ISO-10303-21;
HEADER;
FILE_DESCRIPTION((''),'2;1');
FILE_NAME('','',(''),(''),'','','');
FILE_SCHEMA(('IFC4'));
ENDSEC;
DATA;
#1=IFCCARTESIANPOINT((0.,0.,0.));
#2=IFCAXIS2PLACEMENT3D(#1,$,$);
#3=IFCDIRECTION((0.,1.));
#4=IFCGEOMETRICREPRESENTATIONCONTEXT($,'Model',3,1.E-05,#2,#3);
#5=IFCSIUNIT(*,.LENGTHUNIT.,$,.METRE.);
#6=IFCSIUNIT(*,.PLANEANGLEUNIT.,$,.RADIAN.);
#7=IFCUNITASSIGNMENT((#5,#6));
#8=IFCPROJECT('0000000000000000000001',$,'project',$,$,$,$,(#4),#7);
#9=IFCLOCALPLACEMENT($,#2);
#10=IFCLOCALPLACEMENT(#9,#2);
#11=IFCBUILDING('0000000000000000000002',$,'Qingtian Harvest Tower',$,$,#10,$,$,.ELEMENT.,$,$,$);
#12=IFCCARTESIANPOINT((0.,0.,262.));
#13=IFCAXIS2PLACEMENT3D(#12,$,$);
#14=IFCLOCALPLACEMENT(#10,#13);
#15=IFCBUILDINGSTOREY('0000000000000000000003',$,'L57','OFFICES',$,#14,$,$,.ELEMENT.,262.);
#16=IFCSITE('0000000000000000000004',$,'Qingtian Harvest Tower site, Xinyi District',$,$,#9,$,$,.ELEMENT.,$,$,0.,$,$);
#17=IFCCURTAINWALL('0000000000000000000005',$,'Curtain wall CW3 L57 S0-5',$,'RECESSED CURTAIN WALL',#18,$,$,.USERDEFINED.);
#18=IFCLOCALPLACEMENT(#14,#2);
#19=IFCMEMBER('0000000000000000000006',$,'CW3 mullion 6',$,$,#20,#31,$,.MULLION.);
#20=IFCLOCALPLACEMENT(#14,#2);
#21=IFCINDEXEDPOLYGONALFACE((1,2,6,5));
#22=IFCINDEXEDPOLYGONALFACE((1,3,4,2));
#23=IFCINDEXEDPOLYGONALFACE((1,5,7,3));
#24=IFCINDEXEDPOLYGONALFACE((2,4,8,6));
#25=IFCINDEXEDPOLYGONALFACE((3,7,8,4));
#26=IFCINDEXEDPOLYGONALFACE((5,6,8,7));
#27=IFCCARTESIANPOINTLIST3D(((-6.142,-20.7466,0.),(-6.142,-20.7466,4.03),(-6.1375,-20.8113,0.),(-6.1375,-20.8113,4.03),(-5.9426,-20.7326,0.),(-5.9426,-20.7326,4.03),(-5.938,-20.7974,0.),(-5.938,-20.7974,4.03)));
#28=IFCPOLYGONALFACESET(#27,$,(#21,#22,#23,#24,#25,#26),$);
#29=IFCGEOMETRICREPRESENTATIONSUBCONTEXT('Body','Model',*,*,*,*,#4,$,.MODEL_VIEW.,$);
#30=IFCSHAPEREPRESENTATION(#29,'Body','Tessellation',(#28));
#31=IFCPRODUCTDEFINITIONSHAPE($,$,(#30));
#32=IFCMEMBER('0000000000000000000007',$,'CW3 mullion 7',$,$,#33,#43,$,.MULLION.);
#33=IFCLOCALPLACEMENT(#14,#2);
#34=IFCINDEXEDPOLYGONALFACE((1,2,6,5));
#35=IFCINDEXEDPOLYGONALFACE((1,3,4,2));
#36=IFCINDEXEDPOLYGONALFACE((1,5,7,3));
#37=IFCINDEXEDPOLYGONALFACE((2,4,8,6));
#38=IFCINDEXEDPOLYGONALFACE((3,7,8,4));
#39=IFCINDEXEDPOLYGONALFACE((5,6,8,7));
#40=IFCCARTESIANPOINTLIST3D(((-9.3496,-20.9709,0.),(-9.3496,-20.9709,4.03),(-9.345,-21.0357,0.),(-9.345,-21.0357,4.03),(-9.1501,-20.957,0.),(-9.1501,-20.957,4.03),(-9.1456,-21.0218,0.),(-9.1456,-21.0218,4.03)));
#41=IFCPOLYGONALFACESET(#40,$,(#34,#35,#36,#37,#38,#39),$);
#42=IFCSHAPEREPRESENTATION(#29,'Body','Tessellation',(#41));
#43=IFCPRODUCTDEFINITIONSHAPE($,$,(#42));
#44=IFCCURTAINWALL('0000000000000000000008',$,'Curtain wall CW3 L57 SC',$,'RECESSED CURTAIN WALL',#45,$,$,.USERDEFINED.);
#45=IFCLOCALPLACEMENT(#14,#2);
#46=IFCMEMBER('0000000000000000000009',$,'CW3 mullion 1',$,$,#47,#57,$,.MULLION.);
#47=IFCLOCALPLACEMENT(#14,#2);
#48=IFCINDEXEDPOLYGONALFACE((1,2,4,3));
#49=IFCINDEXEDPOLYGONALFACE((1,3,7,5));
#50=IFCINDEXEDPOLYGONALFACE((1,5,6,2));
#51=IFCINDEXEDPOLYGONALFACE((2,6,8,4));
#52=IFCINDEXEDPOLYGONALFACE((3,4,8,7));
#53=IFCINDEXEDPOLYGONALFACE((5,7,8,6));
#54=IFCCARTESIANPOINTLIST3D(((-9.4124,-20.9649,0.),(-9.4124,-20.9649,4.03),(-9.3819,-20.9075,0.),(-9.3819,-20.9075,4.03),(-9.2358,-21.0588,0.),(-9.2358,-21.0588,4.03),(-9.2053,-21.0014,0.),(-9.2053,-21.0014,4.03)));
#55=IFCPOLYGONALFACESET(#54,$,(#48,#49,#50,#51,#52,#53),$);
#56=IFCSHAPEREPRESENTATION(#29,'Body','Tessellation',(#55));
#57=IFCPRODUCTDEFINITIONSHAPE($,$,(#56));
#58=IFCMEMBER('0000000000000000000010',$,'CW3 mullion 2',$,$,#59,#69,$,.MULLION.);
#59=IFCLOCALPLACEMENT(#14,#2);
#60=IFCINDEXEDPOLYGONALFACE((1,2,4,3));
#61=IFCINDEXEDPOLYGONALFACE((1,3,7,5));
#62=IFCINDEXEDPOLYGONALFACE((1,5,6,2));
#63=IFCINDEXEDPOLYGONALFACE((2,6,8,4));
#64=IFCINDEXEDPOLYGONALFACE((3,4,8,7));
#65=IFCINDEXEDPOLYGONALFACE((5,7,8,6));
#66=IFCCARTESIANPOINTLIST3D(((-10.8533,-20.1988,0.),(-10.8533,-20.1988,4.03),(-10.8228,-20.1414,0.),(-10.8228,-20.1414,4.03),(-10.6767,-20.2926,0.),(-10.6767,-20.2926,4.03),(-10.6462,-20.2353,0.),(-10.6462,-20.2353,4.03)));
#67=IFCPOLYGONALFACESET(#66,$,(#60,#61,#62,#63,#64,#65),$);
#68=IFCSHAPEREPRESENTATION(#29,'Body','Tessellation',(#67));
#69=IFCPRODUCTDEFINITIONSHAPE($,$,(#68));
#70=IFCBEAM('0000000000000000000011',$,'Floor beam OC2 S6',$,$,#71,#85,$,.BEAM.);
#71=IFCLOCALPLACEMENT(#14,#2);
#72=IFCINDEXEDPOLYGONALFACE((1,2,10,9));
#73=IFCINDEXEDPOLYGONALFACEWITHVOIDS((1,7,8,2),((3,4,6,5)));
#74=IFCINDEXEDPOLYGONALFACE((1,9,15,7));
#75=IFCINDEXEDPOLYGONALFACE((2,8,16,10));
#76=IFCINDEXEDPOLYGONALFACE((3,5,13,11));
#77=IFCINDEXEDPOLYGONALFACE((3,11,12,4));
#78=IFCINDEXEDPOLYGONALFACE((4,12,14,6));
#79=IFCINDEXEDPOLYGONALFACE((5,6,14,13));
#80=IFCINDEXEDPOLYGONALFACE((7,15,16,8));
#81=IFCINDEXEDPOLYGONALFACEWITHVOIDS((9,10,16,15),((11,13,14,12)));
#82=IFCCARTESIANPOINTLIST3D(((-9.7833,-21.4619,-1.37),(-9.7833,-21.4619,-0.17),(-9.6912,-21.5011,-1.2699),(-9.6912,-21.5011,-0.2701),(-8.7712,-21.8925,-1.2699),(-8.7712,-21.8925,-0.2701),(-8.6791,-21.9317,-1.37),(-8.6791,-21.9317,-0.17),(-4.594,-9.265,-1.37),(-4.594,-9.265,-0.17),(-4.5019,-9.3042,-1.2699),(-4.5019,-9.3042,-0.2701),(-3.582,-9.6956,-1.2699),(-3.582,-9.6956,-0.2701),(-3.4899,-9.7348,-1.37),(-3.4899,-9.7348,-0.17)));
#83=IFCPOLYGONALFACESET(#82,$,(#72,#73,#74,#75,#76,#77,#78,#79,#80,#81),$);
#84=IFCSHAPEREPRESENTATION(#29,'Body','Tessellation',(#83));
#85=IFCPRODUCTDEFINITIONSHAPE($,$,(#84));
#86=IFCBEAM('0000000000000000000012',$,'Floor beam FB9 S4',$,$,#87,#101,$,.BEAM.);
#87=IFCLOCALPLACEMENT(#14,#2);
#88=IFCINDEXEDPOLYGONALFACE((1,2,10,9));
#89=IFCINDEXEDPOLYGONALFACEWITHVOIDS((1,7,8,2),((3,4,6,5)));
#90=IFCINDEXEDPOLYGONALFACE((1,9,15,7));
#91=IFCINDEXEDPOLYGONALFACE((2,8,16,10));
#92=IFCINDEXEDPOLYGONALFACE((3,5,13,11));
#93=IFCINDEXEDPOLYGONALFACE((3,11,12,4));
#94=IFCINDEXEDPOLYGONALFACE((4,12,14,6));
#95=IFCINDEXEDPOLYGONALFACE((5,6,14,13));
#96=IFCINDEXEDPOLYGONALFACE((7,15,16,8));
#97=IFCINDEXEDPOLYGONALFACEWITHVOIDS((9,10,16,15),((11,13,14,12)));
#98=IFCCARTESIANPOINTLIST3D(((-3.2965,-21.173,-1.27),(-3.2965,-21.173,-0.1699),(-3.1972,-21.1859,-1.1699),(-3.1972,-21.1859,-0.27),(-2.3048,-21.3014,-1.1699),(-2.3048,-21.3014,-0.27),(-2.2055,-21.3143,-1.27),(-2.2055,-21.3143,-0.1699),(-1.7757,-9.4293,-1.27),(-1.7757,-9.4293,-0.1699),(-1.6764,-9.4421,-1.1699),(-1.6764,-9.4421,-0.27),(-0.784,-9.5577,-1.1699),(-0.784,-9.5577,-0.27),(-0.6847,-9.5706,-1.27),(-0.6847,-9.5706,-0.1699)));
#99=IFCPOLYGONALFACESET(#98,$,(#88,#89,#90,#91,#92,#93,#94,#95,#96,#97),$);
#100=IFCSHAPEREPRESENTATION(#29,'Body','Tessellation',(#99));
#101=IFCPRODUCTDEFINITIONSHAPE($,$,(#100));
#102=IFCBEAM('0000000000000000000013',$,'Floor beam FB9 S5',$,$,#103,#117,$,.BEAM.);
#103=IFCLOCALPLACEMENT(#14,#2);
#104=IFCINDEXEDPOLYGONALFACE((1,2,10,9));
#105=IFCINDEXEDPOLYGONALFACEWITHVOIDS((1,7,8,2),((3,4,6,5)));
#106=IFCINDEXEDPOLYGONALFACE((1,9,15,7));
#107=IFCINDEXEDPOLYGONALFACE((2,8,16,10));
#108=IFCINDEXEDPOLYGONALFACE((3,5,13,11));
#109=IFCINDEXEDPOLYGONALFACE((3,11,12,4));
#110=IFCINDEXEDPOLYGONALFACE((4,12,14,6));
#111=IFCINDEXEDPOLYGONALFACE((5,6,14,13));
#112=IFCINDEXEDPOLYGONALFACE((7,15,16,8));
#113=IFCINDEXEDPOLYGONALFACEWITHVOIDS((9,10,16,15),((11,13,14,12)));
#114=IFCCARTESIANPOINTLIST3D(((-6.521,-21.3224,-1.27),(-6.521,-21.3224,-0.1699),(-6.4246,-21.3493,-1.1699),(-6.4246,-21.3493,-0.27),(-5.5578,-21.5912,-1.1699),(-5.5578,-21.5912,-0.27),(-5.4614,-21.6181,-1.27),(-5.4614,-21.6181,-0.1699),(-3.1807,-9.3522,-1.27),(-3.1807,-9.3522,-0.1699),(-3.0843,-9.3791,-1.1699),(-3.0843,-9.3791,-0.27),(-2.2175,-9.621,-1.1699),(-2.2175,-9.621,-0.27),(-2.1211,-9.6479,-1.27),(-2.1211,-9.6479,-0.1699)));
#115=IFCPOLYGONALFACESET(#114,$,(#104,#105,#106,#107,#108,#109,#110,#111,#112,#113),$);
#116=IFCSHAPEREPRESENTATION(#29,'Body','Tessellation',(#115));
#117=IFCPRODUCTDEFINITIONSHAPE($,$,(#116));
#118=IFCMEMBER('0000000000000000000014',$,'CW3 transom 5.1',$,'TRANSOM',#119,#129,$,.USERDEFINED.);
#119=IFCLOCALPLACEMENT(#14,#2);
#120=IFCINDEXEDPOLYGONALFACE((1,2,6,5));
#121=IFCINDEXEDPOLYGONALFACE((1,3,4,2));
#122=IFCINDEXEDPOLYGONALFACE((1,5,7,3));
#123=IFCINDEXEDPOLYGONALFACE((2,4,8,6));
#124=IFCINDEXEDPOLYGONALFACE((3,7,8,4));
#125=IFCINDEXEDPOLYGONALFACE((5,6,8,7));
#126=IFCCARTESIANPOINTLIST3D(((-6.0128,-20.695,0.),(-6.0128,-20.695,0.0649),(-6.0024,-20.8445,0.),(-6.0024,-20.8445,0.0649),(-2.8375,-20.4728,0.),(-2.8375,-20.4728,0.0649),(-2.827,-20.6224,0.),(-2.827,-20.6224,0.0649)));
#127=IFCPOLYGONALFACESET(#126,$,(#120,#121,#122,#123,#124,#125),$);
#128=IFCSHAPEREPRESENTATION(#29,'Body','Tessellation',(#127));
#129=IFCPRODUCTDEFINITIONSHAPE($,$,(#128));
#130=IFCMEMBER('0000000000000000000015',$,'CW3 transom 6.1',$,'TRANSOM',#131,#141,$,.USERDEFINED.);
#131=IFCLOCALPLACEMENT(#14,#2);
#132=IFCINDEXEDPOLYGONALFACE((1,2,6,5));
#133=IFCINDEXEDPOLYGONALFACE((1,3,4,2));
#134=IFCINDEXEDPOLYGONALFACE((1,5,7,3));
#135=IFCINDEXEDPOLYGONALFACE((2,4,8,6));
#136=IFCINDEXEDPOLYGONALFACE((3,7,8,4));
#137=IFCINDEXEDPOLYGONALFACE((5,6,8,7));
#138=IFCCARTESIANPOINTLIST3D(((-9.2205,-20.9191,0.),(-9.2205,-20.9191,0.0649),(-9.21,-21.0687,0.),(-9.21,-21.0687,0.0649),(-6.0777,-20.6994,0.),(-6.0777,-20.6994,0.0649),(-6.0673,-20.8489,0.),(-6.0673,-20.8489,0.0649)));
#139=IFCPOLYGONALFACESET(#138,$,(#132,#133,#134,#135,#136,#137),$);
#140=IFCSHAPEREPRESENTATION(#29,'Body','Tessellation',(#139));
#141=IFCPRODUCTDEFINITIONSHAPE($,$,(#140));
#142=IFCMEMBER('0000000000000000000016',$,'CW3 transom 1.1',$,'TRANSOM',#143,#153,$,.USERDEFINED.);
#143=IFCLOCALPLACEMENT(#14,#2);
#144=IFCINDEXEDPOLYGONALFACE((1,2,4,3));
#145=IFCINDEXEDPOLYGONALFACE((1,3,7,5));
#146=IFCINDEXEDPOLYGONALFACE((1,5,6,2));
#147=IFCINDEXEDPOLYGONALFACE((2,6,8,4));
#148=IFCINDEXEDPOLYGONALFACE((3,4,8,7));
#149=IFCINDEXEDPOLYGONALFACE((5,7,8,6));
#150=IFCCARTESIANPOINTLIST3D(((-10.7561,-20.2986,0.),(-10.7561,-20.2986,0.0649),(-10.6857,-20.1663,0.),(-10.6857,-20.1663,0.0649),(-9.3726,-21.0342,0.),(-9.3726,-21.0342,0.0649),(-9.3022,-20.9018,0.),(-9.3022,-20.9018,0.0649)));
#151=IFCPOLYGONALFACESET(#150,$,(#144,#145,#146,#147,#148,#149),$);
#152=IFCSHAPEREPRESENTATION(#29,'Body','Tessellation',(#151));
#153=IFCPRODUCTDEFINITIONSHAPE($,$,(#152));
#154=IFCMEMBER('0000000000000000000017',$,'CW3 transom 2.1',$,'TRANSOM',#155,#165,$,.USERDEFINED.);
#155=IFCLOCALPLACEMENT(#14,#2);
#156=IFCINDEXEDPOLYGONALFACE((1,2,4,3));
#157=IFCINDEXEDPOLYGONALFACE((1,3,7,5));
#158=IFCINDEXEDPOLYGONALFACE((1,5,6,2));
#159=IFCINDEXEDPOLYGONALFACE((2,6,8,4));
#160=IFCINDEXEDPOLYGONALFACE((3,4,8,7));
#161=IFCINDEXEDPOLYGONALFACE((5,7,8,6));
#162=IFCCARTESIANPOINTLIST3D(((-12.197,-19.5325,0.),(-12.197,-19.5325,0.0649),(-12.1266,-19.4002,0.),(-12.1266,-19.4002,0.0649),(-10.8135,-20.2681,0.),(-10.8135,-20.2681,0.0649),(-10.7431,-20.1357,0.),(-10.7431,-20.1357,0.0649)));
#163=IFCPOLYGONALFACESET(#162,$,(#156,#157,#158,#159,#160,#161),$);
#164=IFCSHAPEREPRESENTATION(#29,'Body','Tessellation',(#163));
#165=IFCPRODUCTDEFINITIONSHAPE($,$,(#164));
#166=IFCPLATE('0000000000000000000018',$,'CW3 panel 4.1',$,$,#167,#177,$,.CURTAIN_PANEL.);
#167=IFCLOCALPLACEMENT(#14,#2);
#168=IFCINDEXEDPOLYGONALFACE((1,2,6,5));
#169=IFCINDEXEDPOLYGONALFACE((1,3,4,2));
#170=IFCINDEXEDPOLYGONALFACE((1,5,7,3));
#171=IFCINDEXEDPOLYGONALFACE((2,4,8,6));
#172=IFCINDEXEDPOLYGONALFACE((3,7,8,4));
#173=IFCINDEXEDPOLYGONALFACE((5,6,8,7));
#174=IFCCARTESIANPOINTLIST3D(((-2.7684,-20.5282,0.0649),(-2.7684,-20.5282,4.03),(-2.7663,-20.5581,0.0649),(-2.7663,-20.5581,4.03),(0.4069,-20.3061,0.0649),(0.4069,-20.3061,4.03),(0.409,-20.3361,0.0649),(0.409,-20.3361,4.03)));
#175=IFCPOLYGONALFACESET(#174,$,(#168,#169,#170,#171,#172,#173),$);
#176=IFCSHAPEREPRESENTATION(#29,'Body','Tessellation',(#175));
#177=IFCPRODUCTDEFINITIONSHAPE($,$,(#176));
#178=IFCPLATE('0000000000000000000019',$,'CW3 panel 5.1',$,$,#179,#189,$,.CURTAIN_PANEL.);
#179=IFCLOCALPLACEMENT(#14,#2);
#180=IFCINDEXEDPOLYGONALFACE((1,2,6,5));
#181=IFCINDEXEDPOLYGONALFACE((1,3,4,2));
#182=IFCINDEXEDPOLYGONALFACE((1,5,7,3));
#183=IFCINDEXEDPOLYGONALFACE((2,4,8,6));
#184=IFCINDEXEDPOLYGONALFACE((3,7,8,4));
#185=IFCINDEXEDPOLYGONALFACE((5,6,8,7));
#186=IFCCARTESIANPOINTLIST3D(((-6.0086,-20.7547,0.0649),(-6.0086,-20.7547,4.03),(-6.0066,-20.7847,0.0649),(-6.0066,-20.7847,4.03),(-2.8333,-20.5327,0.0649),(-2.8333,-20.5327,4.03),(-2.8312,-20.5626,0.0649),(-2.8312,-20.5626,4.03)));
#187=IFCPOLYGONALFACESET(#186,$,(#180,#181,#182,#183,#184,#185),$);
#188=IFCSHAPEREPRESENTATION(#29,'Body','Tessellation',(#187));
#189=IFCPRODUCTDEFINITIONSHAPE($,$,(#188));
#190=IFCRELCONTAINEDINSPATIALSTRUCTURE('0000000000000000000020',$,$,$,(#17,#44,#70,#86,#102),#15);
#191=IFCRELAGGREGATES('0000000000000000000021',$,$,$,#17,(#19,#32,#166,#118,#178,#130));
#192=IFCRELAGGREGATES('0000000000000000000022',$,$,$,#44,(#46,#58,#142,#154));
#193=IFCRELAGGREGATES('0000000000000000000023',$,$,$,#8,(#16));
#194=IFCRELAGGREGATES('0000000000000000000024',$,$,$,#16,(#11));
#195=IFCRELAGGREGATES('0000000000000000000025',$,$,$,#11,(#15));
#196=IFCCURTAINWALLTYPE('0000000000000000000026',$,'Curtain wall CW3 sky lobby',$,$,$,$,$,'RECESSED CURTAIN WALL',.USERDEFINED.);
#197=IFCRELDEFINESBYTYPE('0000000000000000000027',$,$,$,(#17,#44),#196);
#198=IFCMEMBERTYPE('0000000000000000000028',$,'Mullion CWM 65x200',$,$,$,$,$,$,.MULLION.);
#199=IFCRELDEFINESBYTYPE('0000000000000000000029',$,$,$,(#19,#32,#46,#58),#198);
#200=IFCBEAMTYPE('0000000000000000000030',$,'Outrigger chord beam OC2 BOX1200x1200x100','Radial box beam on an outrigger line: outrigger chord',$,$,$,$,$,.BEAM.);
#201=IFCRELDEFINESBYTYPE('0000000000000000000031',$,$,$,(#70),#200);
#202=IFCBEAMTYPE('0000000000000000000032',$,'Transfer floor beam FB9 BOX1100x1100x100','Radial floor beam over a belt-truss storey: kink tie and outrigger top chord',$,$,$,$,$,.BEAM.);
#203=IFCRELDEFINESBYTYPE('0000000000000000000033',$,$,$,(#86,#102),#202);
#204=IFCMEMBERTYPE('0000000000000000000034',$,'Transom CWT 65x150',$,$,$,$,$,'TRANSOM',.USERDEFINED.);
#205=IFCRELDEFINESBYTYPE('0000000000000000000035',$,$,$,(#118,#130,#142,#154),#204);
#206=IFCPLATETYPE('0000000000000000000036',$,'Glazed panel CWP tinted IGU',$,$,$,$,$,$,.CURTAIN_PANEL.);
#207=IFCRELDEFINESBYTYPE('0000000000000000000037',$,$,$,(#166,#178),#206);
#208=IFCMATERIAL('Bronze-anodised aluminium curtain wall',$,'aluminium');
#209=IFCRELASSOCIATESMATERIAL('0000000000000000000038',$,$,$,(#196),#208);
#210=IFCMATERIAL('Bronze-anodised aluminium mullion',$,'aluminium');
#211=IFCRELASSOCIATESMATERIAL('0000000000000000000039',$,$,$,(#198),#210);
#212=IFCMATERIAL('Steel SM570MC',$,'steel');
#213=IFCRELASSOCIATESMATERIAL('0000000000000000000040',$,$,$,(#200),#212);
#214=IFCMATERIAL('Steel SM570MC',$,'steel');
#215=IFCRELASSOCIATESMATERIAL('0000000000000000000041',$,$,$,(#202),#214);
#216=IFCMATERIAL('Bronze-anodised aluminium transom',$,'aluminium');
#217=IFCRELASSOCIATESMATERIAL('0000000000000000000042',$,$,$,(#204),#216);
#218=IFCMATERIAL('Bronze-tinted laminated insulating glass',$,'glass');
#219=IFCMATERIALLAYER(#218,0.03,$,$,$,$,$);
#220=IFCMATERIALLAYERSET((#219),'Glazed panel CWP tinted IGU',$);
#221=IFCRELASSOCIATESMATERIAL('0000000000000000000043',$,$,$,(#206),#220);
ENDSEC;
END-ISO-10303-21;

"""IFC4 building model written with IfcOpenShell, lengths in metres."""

from ifc_helpers import new_model, si_unit, direction, frame, origin, origin_2d, place, context, subcontext, project, spatial, rectangle, hollow_rectangle, extrude, material, layer, layer_set, material_profile, profile_set, type_object, element, aggregate, save


model = new_model("IFC4")

# Units and contexts
model_context = context("Model", 3, precision=1e-05, world=origin(), true_north=direction((0.0, 1.0)))
body_context = subcontext(model_context, "Body", "Model", "MODEL_VIEW")
ifc_project = project(units=[si_unit("LENGTHUNIT", "METRE"), si_unit("PLANEANGLEUNIT", "RADIAN")], contexts=[model_context])

# Site, building, storey
site_placement = place(None, origin())
site = spatial("IfcSite", under=ifc_project, at=site_placement, Name="Qingtian Harvest Tower site, Xinyi District", CompositionType="ELEMENT", RefElevation=0.0)
building_placement = place(site_placement, origin())
building = spatial("IfcBuilding", under=site, at=building_placement, Name="Qingtian Harvest Tower", CompositionType="ELEMENT")
storey_placement = place(building_placement, frame((0.0, 0.0, 262.0)))
storey = spatial("IfcBuildingStorey", under=building, at=storey_placement, Name="L57", Description="OFFICES", CompositionType="ELEMENT", Elevation=262.0)

# Curtain walls, members
ifc_material_1 = material(Name="Bronze-anodised aluminium curtain wall", Category="aluminium")
curtain_wall_type = type_object("IfcCurtainWallType", Name="Curtain wall CW3 sky lobby", ElementType="RECESSED CURTAIN WALL", PredefinedType="USERDEFINED", material=ifc_material_1)
curtain_wall_1_placement = place(storey_placement, origin())
curtain_wall_1 = element("IfcCurtainWall", 1, at=curtain_wall_1_placement, inside=storey, type_object=curtain_wall_type, Name="Curtain wall CW3 L57 S0-5", ObjectType="RECESSED CURTAIN WALL", PredefinedType="USERDEFINED")
ifc_material_2 = material(Name="Bronze-anodised aluminium mullion", Category="aluminium")
ifc_material_profile_1 = material_profile(ifc_material_2, rectangle(XDim=0.0649, YDim=0.2, at=origin_2d()), Name="AL 65x200")
ifc_profile_set_1 = profile_set([ifc_material_profile_1], Name="Bronze-anodised aluminium mullion")
member_type_1 = type_object("IfcMemberType", Name="Mullion CWM 65x200", PredefinedType="MULLION", material=ifc_profile_set_1)
member_1_placement = place(storey_placement, frame((-6.04, -20.772, 0.0), z_axis=(0.0, 0.0, 1.0), x_axis=(0.069756, -0.997564, 0.0)))
member_1 = element("IfcMember", 2, at=member_1_placement, type_object=member_type_1, Name="CW3 mullion 6", PredefinedType="MULLION", context=body_context, shape_type="SweptSolid", body=[
    extrude(rectangle(XDim=0.0649, YDim=0.2, at=origin_2d()), origin(), (0.0, 0.0, 1.0), 4.03),
])
member_2_placement = place(storey_placement, frame((-9.2476, -20.9963, 0.0), z_axis=(0.0, 0.0, 1.0), x_axis=(0.069756, -0.997564, 0.0)))
member_2 = element("IfcMember", 3, at=member_2_placement, type_object=member_type_1, Name="CW3 mullion 7", PredefinedType="MULLION", context=body_context, shape_type="SweptSolid", body=[
    extrude(rectangle(XDim=0.0649, YDim=0.2, at=origin_2d()), origin(), (0.0, 0.0, 1.0), 4.03),
])
curtain_wall_2_placement = place(storey_placement, origin())
curtain_wall_2 = element("IfcCurtainWall", 4, at=curtain_wall_2_placement, inside=storey, type_object=curtain_wall_type, Name="Curtain wall CW3 L57 SC", ObjectType="RECESSED CURTAIN WALL", PredefinedType="USERDEFINED")
member_3_placement = place(storey_placement, frame((-9.3088, -20.9832, 0.0), z_axis=(0.0, 0.0, 1.0), x_axis=(-0.469472, -0.882948, 0.0)))
member_3 = element("IfcMember", 5, at=member_3_placement, type_object=member_type_1, Name="CW3 mullion 1", PredefinedType="MULLION", context=body_context, shape_type="SweptSolid", body=[
    extrude(rectangle(XDim=0.0649, YDim=0.2, at=origin_2d()), origin(), (0.0, 0.0, 1.0), 4.03),
])
member_4_placement = place(storey_placement, frame((-10.7498, -20.217, 0.0), z_axis=(0.0, 0.0, 1.0), x_axis=(-0.469472, -0.882948, 0.0)))
member_4 = element("IfcMember", 6, at=member_4_placement, type_object=member_type_1, Name="CW3 mullion 2", PredefinedType="MULLION", context=body_context, shape_type="SweptSolid", body=[
    extrude(rectangle(XDim=0.0649, YDim=0.2, at=origin_2d()), origin(), (0.0, 0.0, 1.0), 4.03),
])

# Beams
ifc_material_3 = material(Name="Steel SM570MC", Category="steel")
ifc_material_profile_2 = material_profile(ifc_material_3, hollow_rectangle(XDim=1.2, YDim=1.2, WallThickness=0.1001, at=origin_2d()), Name="BOX1200x1200x100")
ifc_profile_set_2 = profile_set([ifc_material_profile_2], Name="Steel SM570MC")
beam_type_1 = type_object("IfcBeamType", Name="Outrigger chord beam OC2 BOX1200x1200x100", Description="Radial box beam on an outrigger line: outrigger chord", PredefinedType="BEAM", material=ifc_profile_set_2)
beam_1_placement = place(storey_placement, frame((-9.2312, -21.6968, -0.77), z_axis=(0.391497, 0.920179, 0.0), x_axis=(-0.920179, 0.391497, 0.0)))
element("IfcBeam", 7, at=beam_1_placement, inside=storey, type_object=beam_type_1, Name="Floor beam OC2 S6", PredefinedType="BEAM", context=body_context, shape_type="SweptSolid", body=[
    extrude(hollow_rectangle(XDim=1.2, YDim=1.2, WallThickness=0.1001, at=origin_2d()), origin(), (0.0, 0.0, 1.0), 13.2549),
])
ifc_material_4 = material(Name="Steel SM570MC", Category="steel")
ifc_material_profile_3 = material_profile(ifc_material_4, hollow_rectangle(XDim=1.1001, YDim=1.1001, WallThickness=0.1001, at=origin_2d()), Name="BOX1100x1100x100")
ifc_profile_set_3 = profile_set([ifc_material_profile_3], Name="Steel SM570MC")
beam_type_2 = type_object("IfcBeamType", Name="Transfer floor beam FB9 BOX1100x1100x100", Description="Radial floor beam over a belt-truss storey: kink tie and outrigger top chord", PredefinedType="BEAM", material=ifc_profile_set_3)
beam_2_placement = place(storey_placement, frame((-2.751, -21.2437, -0.72), z_axis=(0.128423, 0.991719, 0.0), x_axis=(-0.991719, 0.128423, 0.0)))
element("IfcBeam", 8, at=beam_2_placement, inside=storey, type_object=beam_type_2, Name="Floor beam FB9 S4", PredefinedType="BEAM", context=body_context, shape_type="SweptSolid", body=[
    extrude(hollow_rectangle(XDim=1.1001, YDim=1.1001, WallThickness=0.1001, at=origin_2d()), origin(), (0.0, 0.0, 1.0), 11.8418),
])
beam_3_placement = place(storey_placement, frame((-5.9912, -21.4702, -0.72), z_axis=(0.268785, 0.9632, 0.0), x_axis=(-0.9632, 0.268785, 0.0)))
element("IfcBeam", 9, at=beam_3_placement, inside=storey, type_object=beam_type_2, Name="Floor beam FB9 S5", PredefinedType="BEAM", context=body_context, shape_type="SweptSolid", body=[
    extrude(hollow_rectangle(XDim=1.1001, YDim=1.1001, WallThickness=0.1001, at=origin_2d()), origin(), (0.0, 0.0, 1.0), 12.4275),
])

# Members
ifc_material_5 = material(Name="Bronze-anodised aluminium transom", Category="aluminium")
ifc_material_profile_4 = material_profile(ifc_material_5, rectangle(XDim=0.1499, YDim=0.0649, at=origin_2d()), Name="AL 65x150")
ifc_profile_set_4 = profile_set([ifc_material_profile_4], Name="Bronze-anodised aluminium transom")
member_type_2 = type_object("IfcMemberType", Name="Transom CWT 65x150", ElementType="TRANSOM", PredefinedType="USERDEFINED", material=ifc_profile_set_4)
member_5_placement = place(storey_placement, frame((-2.8323, -20.5476, 0.0325), z_axis=(-0.997561, -0.069797, 0.0), x_axis=(0.069797, -0.997561, 0.0)))
member_5 = element("IfcMember", 10, at=member_5_placement, type_object=member_type_2, Name="CW3 transom 5.1", ObjectType="TRANSOM", PredefinedType="USERDEFINED", context=body_context, shape_type="SweptSolid", body=[
    extrude(rectangle(XDim=0.1499, YDim=0.0649, at=origin_2d()), origin(), (0.0, 0.0, 1.0), 3.1831),
])
member_6_placement = place(storey_placement, frame((-6.0725, -20.7742, 0.0325), z_axis=(-0.997565, -0.069744, 0.0), x_axis=(0.069744, -0.997565, 0.0)))
member_6 = element("IfcMember", 11, at=member_6_placement, type_object=member_type_2, Name="CW3 transom 6.1", ObjectType="TRANSOM", PredefinedType="USERDEFINED", context=body_context, shape_type="SweptSolid", body=[
    extrude(rectangle(XDim=0.1499, YDim=0.0649, at=origin_2d()), origin(), (0.0, 0.0, 1.0), 3.1504),
])
member_7_placement = place(storey_placement, frame((-9.3374, -20.968, 0.0325), z_axis=(-0.88296, 0.469448, 0.0), x_axis=(-0.469448, -0.88296, 0.0)))
member_7 = element("IfcMember", 12, at=member_7_placement, type_object=member_type_2, Name="CW3 transom 1.1", ObjectType="TRANSOM", PredefinedType="USERDEFINED", context=body_context, shape_type="SweptSolid", body=[
    extrude(rectangle(XDim=0.1499, YDim=0.0649, at=origin_2d()), origin(), (0.0, 0.0, 1.0), 1.5669),
])
member_8_placement = place(storey_placement, frame((-10.7783, -20.2019, 0.0325), z_axis=(-0.88296, 0.469448, 0.0), x_axis=(-0.469448, -0.88296, 0.0)))
member_8 = element("IfcMember", 13, at=member_8_placement, type_object=member_type_2, Name="CW3 transom 2.1", ObjectType="TRANSOM", PredefinedType="USERDEFINED", context=body_context, shape_type="SweptSolid", body=[
    extrude(rectangle(XDim=0.1499, YDim=0.0649, at=origin_2d()), origin(), (0.0, 0.0, 1.0), 1.5669),
])

# Plates
ifc_material_6 = material(Name="Bronze-tinted laminated insulating glass", Category="glass")
ifc_layer_1 = layer(ifc_material_6, 0.03)
ifc_layer_set_1 = layer_set([ifc_layer_1], Name="Glazed panel CWP tinted IGU")
plate_type = type_object("IfcPlateType", Name="Glazed panel CWP tinted IGU", PredefinedType="CURTAIN_PANEL", material=ifc_layer_set_1)
plate_1_placement = place(storey_placement, frame((-1.1797, -20.4321, 0.0649), z_axis=(0.0, 0.0, 1.0), x_axis=(-0.997564, -0.069756, 0.0)))
plate_1 = element("IfcPlate", 14, at=plate_1_placement, type_object=plate_type, Name="CW3 panel 4.1", PredefinedType="CURTAIN_PANEL", context=body_context, shape_type="SweptSolid", body=[
    extrude(rectangle(XDim=3.1831, YDim=0.03, at=origin_2d()), origin(), (0.0, 0.0, 1.0), 3.9651),
])
plate_2_placement = place(storey_placement, frame((-4.4199, -20.6587, 0.0649), z_axis=(0.0, 0.0, 1.0), x_axis=(-0.997564, -0.069756, 0.0)))
plate_2 = element("IfcPlate", 15, at=plate_2_placement, type_object=plate_type, Name="CW3 panel 5.1", PredefinedType="CURTAIN_PANEL", context=body_context, shape_type="SweptSolid", body=[
    extrude(rectangle(XDim=3.1831, YDim=0.03, at=origin_2d()), origin(), (0.0, 0.0, 1.0), 3.9651),
])
aggregate(curtain_wall_1, [member_1, member_2, plate_1, member_5, plate_2, member_6])
aggregate(curtain_wall_2, [member_3, member_4, member_7, member_8])

save(model, "model.ifc")
